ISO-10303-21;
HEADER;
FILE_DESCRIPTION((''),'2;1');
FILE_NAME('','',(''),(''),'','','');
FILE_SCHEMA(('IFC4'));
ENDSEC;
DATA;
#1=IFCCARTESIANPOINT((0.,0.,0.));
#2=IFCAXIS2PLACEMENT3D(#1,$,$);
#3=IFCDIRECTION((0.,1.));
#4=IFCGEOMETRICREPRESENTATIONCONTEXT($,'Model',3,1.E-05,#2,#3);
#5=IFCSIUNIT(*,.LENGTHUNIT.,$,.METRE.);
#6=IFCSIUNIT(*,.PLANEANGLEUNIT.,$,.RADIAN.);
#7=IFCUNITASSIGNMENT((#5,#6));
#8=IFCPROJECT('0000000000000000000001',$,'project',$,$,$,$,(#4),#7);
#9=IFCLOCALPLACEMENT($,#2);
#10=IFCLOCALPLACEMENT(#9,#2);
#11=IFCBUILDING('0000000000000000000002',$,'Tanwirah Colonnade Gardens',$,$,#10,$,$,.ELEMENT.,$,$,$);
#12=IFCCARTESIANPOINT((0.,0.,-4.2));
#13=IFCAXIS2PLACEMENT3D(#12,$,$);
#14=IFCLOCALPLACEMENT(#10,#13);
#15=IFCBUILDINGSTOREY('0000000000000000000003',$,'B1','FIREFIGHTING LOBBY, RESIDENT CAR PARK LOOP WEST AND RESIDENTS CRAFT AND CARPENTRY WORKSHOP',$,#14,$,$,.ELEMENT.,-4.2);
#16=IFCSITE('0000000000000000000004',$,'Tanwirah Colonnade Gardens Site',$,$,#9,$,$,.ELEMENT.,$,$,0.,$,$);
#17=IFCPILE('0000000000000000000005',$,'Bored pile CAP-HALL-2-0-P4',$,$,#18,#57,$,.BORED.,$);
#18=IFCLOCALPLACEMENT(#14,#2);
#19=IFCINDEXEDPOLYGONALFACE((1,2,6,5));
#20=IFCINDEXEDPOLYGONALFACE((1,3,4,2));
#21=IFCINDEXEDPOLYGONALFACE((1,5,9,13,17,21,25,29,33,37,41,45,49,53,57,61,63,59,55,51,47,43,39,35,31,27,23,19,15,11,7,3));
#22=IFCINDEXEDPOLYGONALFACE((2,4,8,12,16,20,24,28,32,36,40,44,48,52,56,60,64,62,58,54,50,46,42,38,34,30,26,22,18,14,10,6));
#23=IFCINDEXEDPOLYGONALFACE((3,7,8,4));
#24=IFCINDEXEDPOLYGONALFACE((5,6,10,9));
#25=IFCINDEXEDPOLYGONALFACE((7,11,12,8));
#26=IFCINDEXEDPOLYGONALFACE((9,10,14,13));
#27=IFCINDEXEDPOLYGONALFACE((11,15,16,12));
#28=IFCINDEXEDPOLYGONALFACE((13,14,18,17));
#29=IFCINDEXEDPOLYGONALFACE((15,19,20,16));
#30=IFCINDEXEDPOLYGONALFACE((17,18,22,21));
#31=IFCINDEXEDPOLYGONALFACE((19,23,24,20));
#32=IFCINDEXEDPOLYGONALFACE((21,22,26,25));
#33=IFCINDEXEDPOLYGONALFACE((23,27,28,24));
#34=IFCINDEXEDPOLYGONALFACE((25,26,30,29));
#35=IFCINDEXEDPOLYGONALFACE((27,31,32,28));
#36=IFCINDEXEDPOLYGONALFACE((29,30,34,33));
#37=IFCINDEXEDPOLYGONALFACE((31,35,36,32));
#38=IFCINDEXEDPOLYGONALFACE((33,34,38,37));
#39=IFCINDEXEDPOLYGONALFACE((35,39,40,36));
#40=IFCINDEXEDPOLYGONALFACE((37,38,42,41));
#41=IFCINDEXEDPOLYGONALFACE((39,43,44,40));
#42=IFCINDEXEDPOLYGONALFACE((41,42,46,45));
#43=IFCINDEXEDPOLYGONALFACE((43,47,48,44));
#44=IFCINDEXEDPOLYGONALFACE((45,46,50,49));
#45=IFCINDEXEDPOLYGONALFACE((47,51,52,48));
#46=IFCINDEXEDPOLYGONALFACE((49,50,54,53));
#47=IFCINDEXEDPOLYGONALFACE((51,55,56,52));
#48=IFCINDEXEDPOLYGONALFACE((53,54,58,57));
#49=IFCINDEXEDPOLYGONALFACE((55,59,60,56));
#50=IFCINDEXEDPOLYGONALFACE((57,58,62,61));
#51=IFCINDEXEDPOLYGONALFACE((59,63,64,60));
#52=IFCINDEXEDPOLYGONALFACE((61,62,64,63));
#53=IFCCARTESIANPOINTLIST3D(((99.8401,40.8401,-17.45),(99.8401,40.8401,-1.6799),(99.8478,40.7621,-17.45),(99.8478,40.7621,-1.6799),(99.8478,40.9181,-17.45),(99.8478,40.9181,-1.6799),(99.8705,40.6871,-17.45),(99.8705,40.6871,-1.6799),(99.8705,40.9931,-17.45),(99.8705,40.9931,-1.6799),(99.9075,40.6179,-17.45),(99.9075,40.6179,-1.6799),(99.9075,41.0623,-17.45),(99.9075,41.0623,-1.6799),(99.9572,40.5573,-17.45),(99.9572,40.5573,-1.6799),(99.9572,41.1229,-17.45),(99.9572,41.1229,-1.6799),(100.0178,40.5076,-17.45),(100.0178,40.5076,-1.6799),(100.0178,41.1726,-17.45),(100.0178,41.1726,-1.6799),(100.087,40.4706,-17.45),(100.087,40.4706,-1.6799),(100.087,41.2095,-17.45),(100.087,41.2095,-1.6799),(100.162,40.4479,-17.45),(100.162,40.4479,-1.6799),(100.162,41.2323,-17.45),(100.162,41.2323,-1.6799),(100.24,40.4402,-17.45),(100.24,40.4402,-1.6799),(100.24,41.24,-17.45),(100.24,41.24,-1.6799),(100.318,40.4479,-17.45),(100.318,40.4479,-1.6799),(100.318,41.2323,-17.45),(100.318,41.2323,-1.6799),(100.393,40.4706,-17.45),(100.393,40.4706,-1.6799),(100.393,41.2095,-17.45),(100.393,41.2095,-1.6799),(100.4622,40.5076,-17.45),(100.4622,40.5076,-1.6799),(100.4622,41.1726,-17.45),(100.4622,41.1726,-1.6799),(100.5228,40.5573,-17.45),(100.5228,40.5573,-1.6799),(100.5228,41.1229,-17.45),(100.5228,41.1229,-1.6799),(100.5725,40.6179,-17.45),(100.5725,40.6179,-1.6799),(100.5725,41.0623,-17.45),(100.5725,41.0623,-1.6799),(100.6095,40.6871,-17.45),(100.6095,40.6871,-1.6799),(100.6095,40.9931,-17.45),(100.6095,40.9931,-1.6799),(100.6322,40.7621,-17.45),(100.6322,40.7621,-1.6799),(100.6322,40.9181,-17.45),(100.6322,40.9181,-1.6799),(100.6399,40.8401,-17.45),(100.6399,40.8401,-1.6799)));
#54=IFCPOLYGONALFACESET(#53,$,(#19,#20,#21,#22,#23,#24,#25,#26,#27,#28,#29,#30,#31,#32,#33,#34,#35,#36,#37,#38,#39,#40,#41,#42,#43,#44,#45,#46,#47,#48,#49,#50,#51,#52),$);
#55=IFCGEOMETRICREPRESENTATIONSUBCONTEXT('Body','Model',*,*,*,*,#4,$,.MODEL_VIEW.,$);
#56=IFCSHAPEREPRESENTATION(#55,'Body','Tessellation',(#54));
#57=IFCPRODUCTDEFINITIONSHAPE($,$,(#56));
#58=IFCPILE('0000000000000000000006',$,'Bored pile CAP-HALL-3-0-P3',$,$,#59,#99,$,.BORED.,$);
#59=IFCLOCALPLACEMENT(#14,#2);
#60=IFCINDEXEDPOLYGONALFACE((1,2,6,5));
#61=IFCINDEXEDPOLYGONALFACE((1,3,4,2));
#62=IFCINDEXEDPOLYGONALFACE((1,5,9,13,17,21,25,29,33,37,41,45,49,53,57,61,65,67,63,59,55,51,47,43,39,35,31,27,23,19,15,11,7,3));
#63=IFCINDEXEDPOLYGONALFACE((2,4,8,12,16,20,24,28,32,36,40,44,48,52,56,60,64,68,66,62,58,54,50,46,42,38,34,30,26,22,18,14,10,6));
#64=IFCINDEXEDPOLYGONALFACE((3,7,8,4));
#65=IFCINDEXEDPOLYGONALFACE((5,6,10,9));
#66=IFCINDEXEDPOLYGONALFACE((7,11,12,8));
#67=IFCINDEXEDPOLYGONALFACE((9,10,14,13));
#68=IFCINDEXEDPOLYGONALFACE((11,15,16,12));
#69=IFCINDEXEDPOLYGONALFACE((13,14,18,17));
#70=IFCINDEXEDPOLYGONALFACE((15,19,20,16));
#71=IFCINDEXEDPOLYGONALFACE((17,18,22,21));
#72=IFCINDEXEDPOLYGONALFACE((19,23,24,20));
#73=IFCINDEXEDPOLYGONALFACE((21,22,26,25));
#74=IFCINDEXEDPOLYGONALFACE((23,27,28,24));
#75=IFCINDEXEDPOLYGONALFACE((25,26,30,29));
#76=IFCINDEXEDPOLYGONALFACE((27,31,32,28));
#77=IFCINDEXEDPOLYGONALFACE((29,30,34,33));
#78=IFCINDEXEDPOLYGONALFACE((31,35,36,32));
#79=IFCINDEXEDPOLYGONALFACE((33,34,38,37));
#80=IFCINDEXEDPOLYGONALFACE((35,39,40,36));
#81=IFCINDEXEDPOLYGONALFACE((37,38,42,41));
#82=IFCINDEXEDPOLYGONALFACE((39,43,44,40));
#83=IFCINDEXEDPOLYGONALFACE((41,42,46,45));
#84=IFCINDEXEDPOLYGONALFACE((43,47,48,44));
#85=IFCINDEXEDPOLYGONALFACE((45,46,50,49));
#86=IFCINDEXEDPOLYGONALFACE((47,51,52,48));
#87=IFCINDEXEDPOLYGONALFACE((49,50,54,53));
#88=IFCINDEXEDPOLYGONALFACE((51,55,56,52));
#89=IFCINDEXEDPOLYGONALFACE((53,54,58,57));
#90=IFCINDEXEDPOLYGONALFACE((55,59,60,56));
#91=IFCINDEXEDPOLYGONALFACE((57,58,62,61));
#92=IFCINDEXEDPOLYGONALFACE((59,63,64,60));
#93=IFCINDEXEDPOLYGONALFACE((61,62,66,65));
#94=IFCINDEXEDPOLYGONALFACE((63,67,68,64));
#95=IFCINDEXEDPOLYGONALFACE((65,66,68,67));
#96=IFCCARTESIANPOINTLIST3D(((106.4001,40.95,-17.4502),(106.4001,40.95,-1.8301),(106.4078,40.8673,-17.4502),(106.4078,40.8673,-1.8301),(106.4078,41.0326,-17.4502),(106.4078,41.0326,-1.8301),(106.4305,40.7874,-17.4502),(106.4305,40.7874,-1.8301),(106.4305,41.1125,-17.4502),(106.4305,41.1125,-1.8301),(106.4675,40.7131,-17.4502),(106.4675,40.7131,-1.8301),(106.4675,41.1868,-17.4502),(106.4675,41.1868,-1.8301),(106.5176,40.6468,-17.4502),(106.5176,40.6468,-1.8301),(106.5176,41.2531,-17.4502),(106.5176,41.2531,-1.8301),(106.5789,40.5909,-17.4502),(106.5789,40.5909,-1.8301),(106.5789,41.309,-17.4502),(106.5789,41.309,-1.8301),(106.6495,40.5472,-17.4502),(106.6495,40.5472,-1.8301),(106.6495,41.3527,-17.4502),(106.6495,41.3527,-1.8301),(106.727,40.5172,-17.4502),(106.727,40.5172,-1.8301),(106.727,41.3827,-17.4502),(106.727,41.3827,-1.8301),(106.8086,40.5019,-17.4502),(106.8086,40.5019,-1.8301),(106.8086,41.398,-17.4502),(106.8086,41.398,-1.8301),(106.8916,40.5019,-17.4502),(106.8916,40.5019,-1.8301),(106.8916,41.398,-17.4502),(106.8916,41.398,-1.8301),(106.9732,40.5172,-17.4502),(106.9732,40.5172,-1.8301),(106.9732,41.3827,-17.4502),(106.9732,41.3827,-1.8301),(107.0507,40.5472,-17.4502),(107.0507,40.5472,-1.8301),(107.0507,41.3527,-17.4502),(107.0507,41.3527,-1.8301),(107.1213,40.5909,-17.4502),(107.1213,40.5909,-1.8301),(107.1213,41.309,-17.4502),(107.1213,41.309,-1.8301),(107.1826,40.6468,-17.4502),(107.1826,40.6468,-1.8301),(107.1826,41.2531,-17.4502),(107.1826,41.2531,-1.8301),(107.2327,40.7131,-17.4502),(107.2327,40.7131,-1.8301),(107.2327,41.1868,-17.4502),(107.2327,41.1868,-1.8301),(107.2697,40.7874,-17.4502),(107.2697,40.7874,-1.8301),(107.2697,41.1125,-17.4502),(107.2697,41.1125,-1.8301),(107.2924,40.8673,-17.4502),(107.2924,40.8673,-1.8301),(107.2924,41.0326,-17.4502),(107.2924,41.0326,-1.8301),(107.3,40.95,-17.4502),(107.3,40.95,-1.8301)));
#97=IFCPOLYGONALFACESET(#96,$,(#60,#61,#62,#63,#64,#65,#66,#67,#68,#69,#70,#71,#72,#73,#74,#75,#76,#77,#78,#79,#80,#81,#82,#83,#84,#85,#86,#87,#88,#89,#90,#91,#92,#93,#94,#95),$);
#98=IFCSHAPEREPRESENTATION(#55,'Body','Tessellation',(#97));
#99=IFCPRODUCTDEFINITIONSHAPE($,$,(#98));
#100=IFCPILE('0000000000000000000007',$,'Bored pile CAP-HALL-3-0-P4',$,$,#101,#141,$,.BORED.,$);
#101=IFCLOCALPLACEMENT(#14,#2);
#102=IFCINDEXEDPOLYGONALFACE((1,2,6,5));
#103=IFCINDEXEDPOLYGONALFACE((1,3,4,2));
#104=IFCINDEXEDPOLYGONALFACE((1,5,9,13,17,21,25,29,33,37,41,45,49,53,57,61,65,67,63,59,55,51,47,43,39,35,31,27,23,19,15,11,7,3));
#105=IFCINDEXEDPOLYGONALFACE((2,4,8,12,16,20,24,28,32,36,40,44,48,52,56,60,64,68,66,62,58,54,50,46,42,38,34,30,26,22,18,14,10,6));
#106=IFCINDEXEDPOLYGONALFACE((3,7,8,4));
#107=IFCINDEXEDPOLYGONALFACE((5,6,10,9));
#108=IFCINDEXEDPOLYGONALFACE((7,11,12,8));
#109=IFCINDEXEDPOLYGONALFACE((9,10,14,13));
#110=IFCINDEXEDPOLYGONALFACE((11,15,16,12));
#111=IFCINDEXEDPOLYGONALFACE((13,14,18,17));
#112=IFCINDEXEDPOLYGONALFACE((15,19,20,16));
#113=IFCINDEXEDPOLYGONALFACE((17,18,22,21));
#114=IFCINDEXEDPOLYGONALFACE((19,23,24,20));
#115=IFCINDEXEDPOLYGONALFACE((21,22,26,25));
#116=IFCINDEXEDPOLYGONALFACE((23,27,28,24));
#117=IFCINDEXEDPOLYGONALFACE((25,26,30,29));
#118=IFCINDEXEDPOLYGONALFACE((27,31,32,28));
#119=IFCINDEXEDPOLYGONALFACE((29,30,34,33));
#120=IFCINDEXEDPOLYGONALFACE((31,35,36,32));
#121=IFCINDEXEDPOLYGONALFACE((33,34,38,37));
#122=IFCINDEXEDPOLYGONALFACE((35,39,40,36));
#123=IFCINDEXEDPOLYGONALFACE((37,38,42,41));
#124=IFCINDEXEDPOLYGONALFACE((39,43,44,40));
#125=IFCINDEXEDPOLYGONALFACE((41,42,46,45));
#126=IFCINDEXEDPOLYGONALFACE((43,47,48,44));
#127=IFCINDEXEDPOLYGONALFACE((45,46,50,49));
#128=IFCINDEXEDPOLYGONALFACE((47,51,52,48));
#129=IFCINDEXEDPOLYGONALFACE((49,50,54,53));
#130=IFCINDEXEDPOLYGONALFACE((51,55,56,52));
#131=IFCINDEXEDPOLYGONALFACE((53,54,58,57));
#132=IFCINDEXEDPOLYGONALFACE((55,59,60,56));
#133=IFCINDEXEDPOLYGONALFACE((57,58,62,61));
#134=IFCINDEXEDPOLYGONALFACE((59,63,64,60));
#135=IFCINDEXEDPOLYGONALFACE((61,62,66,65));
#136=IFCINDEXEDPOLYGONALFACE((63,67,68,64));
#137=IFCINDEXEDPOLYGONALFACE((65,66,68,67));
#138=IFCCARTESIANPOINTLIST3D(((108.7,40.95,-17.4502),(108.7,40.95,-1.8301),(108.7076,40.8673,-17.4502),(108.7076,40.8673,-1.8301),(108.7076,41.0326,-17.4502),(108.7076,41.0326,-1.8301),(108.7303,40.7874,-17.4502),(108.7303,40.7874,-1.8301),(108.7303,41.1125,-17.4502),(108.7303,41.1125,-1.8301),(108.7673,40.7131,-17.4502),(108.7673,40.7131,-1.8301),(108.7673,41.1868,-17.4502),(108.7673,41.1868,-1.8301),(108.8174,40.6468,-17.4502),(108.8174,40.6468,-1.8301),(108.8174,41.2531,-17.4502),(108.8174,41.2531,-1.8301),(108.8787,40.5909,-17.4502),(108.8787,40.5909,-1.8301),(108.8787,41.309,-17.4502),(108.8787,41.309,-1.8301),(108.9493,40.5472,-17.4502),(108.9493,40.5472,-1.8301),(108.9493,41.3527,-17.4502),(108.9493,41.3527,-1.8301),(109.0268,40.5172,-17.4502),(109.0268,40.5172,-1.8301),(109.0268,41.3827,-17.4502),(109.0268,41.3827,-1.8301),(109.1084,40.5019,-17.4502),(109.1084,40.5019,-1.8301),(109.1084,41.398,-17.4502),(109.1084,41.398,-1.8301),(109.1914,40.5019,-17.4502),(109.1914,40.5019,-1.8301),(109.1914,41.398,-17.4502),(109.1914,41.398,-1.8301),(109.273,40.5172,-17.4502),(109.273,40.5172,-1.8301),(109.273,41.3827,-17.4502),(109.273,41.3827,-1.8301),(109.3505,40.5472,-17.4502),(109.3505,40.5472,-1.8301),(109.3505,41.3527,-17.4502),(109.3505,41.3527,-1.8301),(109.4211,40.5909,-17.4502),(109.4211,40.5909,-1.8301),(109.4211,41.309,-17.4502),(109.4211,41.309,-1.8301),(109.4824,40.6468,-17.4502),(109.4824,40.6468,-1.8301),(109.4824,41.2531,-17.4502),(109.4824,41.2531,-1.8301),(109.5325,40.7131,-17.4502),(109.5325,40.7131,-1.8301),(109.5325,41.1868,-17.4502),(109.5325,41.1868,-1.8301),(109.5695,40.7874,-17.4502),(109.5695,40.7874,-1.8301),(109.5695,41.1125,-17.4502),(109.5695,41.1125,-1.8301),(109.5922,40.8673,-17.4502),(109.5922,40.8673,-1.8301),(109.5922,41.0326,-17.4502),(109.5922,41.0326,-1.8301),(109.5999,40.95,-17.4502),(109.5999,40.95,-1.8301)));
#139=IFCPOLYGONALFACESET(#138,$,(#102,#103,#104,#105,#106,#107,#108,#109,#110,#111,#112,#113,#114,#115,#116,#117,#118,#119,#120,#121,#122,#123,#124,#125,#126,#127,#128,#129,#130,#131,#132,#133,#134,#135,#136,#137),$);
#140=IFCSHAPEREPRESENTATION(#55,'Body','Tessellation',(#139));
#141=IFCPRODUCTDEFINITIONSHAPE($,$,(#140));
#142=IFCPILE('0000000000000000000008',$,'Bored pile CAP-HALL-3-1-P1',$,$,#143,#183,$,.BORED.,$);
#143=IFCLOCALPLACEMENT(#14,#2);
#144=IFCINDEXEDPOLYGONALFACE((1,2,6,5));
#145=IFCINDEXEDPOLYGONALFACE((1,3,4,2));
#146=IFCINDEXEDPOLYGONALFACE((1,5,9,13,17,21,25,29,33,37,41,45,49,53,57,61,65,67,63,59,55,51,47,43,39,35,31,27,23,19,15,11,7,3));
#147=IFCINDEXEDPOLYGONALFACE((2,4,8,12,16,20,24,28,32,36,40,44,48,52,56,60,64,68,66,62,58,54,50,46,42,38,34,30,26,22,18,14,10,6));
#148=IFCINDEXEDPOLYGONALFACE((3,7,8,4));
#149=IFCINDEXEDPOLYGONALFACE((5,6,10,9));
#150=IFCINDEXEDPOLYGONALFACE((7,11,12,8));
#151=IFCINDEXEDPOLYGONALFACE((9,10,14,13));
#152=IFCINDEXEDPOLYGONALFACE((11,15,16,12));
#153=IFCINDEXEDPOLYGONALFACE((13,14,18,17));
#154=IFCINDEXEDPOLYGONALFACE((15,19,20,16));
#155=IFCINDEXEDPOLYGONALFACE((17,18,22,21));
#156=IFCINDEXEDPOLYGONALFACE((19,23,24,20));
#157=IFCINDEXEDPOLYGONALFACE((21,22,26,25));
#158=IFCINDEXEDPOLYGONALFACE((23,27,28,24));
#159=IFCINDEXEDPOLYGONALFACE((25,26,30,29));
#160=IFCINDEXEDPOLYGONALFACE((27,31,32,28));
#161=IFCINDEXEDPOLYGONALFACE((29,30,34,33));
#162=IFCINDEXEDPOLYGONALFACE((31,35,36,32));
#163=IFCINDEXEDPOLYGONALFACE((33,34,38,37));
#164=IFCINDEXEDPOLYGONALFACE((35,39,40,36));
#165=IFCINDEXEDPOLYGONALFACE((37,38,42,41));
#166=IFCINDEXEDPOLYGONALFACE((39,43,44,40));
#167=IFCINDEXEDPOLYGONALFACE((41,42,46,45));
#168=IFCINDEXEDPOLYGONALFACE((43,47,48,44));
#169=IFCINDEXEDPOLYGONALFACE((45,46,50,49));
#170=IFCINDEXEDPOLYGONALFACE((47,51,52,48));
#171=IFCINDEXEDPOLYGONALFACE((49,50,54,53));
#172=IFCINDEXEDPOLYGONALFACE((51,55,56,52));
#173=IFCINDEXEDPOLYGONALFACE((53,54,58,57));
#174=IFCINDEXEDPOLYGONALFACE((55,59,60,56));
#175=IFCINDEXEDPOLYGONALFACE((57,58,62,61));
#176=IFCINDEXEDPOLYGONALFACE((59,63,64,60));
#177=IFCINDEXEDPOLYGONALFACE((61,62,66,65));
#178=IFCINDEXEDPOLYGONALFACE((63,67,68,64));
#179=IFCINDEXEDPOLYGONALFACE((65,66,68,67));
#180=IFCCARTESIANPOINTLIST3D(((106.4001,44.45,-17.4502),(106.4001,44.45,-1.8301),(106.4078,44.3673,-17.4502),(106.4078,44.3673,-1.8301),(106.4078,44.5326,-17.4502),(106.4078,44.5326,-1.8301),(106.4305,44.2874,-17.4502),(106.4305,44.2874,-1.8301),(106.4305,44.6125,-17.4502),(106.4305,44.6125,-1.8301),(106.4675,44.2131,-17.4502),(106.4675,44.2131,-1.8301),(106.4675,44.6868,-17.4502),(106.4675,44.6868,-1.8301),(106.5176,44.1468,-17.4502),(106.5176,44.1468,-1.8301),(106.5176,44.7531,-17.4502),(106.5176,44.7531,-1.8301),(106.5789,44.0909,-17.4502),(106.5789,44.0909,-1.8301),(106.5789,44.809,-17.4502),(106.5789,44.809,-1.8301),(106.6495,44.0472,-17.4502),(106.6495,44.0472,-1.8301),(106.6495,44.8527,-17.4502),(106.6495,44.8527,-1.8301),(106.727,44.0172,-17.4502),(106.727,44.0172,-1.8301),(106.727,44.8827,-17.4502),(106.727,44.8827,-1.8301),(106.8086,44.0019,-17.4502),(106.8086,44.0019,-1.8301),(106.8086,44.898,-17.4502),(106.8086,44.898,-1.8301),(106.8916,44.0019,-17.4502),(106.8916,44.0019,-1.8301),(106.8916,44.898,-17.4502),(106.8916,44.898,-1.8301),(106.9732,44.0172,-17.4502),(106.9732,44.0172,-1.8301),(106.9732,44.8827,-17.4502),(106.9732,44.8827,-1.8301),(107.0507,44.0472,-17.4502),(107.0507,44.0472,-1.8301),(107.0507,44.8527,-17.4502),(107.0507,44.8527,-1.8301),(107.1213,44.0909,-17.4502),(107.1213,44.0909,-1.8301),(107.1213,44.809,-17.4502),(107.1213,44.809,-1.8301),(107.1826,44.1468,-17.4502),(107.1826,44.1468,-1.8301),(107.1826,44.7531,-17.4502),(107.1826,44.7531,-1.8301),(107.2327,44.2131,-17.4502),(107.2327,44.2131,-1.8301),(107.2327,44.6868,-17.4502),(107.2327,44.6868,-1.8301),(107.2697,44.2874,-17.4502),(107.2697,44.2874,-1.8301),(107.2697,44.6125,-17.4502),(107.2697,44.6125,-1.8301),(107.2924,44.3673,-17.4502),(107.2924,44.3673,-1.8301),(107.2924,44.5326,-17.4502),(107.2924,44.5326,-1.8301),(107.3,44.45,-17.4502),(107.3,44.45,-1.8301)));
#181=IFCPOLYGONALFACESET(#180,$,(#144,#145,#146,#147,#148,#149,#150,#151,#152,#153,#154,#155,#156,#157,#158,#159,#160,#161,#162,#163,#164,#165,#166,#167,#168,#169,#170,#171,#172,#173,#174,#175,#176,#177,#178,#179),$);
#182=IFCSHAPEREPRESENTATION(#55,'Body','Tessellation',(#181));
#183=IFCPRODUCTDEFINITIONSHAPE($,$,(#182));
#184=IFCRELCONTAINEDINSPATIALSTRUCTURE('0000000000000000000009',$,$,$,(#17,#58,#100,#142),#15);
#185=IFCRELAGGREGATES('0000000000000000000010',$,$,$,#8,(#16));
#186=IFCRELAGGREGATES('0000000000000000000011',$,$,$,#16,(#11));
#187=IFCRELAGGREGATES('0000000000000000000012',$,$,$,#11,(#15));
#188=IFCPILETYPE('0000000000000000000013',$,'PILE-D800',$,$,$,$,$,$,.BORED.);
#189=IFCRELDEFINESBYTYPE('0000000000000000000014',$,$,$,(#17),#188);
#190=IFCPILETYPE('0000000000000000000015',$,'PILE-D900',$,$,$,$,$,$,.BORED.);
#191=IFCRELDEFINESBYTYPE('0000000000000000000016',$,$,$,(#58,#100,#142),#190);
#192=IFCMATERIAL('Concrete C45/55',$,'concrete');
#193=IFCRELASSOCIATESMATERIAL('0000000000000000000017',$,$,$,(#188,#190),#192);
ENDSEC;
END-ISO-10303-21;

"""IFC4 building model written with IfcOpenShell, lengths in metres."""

from ifc_helpers import new_model, si_unit, direction, frame, origin, origin_2d, place, context, subcontext, project, spatial, circle, extrude, material, material_profile, profile_set, type_object, element, save


model = new_model("IFC4")

# Units and contexts
model_context = context("Model", 3, precision=1e-05, world=origin(), true_north=direction((0.0, 1.0)))
body_context = subcontext(model_context, "Body", "Model", "MODEL_VIEW")
ifc_project = project(units=[si_unit("LENGTHUNIT", "METRE"), si_unit("PLANEANGLEUNIT", "RADIAN")], contexts=[model_context])

# Site, building, storey
site_placement = place(None, origin())
site = spatial("IfcSite", under=ifc_project, at=site_placement, Name="Tanwirah Colonnade Gardens Site", CompositionType="ELEMENT", RefElevation=0.0)
building_placement = place(site_placement, origin())
building = spatial("IfcBuilding", under=site, at=building_placement, Name="Tanwirah Colonnade Gardens", CompositionType="ELEMENT")
storey_placement = place(building_placement, frame((0.0, 0.0, -4.2)))
storey = spatial("IfcBuildingStorey", under=building, at=storey_placement, Name="B1", Description="FIREFIGHTING LOBBY, RESIDENT CAR PARK LOOP WEST AND RESIDENTS CRAFT AND CARPENTRY WORKSHOP", CompositionType="ELEMENT", Elevation=-4.2)

# Shared definitions
ifc_material = material(Name="Concrete C45/55", Category="concrete")

# Piles
ifc_material_profile_1 = material_profile(ifc_material, circle(Radius=0.3999, at=origin_2d()), Name="PILE D800")
ifc_profile_set_1 = profile_set([ifc_material_profile_1], Name="Concrete C45/55")
pile_type_1 = type_object("IfcPileType", Name="PILE-D800", PredefinedType="BORED", material=ifc_profile_set_1)
for number, where, z_axis, x_axis, name in (
    (1, (100.24, 40.8401, -1.6799), (0.0, 0.0, -1.0), (1.0, 0.0, 0.0), "Bored pile CAP-HALL-2-0-P4"),
):
    element("IfcPile", number, at=place(storey_placement, frame(where, z_axis=z_axis, x_axis=x_axis)), inside=storey, type_object=pile_type_1, Name=name, PredefinedType="BORED", context=body_context, shape_type="SweptSolid", body=[
        extrude(circle(Radius=0.3999, at=origin_2d()), origin(), (0.0, 0.0, 1.0), 15.77),
    ])
ifc_material_profile_2 = material_profile(ifc_material, circle(Radius=0.45, at=origin_2d()), Name="PILE D900")
ifc_profile_set_2 = profile_set([ifc_material_profile_2], Name="Concrete C45/55")
pile_type_2 = type_object("IfcPileType", Name="PILE-D900", PredefinedType="BORED", material=ifc_profile_set_2)
for number, where, z_axis, x_axis, name in (
    (2, (106.8501, 40.95, -1.8301), (0.0, 0.0, -1.0), (1.0, 0.0, 0.0), "Bored pile CAP-HALL-3-0-P3"),
    (3, (109.1499, 40.95, -1.8301), (0.0, 0.0, -1.0), (1.0, 0.0, 0.0), "Bored pile CAP-HALL-3-0-P4"),
    (4, (106.8501, 44.45, -1.8301), (0.0, 0.0, -1.0), (1.0, 0.0, 0.0), "Bored pile CAP-HALL-3-1-P1"),
):
    element("IfcPile", number, at=place(storey_placement, frame(where, z_axis=z_axis, x_axis=x_axis)), inside=storey, type_object=pile_type_2, Name=name, PredefinedType="BORED", context=body_context, shape_type="SweptSolid", body=[
        extrude(circle(Radius=0.45, at=origin_2d()), origin(), (0.0, 0.0, 1.0), 15.6201),
    ])

save(model, "model.ifc")
